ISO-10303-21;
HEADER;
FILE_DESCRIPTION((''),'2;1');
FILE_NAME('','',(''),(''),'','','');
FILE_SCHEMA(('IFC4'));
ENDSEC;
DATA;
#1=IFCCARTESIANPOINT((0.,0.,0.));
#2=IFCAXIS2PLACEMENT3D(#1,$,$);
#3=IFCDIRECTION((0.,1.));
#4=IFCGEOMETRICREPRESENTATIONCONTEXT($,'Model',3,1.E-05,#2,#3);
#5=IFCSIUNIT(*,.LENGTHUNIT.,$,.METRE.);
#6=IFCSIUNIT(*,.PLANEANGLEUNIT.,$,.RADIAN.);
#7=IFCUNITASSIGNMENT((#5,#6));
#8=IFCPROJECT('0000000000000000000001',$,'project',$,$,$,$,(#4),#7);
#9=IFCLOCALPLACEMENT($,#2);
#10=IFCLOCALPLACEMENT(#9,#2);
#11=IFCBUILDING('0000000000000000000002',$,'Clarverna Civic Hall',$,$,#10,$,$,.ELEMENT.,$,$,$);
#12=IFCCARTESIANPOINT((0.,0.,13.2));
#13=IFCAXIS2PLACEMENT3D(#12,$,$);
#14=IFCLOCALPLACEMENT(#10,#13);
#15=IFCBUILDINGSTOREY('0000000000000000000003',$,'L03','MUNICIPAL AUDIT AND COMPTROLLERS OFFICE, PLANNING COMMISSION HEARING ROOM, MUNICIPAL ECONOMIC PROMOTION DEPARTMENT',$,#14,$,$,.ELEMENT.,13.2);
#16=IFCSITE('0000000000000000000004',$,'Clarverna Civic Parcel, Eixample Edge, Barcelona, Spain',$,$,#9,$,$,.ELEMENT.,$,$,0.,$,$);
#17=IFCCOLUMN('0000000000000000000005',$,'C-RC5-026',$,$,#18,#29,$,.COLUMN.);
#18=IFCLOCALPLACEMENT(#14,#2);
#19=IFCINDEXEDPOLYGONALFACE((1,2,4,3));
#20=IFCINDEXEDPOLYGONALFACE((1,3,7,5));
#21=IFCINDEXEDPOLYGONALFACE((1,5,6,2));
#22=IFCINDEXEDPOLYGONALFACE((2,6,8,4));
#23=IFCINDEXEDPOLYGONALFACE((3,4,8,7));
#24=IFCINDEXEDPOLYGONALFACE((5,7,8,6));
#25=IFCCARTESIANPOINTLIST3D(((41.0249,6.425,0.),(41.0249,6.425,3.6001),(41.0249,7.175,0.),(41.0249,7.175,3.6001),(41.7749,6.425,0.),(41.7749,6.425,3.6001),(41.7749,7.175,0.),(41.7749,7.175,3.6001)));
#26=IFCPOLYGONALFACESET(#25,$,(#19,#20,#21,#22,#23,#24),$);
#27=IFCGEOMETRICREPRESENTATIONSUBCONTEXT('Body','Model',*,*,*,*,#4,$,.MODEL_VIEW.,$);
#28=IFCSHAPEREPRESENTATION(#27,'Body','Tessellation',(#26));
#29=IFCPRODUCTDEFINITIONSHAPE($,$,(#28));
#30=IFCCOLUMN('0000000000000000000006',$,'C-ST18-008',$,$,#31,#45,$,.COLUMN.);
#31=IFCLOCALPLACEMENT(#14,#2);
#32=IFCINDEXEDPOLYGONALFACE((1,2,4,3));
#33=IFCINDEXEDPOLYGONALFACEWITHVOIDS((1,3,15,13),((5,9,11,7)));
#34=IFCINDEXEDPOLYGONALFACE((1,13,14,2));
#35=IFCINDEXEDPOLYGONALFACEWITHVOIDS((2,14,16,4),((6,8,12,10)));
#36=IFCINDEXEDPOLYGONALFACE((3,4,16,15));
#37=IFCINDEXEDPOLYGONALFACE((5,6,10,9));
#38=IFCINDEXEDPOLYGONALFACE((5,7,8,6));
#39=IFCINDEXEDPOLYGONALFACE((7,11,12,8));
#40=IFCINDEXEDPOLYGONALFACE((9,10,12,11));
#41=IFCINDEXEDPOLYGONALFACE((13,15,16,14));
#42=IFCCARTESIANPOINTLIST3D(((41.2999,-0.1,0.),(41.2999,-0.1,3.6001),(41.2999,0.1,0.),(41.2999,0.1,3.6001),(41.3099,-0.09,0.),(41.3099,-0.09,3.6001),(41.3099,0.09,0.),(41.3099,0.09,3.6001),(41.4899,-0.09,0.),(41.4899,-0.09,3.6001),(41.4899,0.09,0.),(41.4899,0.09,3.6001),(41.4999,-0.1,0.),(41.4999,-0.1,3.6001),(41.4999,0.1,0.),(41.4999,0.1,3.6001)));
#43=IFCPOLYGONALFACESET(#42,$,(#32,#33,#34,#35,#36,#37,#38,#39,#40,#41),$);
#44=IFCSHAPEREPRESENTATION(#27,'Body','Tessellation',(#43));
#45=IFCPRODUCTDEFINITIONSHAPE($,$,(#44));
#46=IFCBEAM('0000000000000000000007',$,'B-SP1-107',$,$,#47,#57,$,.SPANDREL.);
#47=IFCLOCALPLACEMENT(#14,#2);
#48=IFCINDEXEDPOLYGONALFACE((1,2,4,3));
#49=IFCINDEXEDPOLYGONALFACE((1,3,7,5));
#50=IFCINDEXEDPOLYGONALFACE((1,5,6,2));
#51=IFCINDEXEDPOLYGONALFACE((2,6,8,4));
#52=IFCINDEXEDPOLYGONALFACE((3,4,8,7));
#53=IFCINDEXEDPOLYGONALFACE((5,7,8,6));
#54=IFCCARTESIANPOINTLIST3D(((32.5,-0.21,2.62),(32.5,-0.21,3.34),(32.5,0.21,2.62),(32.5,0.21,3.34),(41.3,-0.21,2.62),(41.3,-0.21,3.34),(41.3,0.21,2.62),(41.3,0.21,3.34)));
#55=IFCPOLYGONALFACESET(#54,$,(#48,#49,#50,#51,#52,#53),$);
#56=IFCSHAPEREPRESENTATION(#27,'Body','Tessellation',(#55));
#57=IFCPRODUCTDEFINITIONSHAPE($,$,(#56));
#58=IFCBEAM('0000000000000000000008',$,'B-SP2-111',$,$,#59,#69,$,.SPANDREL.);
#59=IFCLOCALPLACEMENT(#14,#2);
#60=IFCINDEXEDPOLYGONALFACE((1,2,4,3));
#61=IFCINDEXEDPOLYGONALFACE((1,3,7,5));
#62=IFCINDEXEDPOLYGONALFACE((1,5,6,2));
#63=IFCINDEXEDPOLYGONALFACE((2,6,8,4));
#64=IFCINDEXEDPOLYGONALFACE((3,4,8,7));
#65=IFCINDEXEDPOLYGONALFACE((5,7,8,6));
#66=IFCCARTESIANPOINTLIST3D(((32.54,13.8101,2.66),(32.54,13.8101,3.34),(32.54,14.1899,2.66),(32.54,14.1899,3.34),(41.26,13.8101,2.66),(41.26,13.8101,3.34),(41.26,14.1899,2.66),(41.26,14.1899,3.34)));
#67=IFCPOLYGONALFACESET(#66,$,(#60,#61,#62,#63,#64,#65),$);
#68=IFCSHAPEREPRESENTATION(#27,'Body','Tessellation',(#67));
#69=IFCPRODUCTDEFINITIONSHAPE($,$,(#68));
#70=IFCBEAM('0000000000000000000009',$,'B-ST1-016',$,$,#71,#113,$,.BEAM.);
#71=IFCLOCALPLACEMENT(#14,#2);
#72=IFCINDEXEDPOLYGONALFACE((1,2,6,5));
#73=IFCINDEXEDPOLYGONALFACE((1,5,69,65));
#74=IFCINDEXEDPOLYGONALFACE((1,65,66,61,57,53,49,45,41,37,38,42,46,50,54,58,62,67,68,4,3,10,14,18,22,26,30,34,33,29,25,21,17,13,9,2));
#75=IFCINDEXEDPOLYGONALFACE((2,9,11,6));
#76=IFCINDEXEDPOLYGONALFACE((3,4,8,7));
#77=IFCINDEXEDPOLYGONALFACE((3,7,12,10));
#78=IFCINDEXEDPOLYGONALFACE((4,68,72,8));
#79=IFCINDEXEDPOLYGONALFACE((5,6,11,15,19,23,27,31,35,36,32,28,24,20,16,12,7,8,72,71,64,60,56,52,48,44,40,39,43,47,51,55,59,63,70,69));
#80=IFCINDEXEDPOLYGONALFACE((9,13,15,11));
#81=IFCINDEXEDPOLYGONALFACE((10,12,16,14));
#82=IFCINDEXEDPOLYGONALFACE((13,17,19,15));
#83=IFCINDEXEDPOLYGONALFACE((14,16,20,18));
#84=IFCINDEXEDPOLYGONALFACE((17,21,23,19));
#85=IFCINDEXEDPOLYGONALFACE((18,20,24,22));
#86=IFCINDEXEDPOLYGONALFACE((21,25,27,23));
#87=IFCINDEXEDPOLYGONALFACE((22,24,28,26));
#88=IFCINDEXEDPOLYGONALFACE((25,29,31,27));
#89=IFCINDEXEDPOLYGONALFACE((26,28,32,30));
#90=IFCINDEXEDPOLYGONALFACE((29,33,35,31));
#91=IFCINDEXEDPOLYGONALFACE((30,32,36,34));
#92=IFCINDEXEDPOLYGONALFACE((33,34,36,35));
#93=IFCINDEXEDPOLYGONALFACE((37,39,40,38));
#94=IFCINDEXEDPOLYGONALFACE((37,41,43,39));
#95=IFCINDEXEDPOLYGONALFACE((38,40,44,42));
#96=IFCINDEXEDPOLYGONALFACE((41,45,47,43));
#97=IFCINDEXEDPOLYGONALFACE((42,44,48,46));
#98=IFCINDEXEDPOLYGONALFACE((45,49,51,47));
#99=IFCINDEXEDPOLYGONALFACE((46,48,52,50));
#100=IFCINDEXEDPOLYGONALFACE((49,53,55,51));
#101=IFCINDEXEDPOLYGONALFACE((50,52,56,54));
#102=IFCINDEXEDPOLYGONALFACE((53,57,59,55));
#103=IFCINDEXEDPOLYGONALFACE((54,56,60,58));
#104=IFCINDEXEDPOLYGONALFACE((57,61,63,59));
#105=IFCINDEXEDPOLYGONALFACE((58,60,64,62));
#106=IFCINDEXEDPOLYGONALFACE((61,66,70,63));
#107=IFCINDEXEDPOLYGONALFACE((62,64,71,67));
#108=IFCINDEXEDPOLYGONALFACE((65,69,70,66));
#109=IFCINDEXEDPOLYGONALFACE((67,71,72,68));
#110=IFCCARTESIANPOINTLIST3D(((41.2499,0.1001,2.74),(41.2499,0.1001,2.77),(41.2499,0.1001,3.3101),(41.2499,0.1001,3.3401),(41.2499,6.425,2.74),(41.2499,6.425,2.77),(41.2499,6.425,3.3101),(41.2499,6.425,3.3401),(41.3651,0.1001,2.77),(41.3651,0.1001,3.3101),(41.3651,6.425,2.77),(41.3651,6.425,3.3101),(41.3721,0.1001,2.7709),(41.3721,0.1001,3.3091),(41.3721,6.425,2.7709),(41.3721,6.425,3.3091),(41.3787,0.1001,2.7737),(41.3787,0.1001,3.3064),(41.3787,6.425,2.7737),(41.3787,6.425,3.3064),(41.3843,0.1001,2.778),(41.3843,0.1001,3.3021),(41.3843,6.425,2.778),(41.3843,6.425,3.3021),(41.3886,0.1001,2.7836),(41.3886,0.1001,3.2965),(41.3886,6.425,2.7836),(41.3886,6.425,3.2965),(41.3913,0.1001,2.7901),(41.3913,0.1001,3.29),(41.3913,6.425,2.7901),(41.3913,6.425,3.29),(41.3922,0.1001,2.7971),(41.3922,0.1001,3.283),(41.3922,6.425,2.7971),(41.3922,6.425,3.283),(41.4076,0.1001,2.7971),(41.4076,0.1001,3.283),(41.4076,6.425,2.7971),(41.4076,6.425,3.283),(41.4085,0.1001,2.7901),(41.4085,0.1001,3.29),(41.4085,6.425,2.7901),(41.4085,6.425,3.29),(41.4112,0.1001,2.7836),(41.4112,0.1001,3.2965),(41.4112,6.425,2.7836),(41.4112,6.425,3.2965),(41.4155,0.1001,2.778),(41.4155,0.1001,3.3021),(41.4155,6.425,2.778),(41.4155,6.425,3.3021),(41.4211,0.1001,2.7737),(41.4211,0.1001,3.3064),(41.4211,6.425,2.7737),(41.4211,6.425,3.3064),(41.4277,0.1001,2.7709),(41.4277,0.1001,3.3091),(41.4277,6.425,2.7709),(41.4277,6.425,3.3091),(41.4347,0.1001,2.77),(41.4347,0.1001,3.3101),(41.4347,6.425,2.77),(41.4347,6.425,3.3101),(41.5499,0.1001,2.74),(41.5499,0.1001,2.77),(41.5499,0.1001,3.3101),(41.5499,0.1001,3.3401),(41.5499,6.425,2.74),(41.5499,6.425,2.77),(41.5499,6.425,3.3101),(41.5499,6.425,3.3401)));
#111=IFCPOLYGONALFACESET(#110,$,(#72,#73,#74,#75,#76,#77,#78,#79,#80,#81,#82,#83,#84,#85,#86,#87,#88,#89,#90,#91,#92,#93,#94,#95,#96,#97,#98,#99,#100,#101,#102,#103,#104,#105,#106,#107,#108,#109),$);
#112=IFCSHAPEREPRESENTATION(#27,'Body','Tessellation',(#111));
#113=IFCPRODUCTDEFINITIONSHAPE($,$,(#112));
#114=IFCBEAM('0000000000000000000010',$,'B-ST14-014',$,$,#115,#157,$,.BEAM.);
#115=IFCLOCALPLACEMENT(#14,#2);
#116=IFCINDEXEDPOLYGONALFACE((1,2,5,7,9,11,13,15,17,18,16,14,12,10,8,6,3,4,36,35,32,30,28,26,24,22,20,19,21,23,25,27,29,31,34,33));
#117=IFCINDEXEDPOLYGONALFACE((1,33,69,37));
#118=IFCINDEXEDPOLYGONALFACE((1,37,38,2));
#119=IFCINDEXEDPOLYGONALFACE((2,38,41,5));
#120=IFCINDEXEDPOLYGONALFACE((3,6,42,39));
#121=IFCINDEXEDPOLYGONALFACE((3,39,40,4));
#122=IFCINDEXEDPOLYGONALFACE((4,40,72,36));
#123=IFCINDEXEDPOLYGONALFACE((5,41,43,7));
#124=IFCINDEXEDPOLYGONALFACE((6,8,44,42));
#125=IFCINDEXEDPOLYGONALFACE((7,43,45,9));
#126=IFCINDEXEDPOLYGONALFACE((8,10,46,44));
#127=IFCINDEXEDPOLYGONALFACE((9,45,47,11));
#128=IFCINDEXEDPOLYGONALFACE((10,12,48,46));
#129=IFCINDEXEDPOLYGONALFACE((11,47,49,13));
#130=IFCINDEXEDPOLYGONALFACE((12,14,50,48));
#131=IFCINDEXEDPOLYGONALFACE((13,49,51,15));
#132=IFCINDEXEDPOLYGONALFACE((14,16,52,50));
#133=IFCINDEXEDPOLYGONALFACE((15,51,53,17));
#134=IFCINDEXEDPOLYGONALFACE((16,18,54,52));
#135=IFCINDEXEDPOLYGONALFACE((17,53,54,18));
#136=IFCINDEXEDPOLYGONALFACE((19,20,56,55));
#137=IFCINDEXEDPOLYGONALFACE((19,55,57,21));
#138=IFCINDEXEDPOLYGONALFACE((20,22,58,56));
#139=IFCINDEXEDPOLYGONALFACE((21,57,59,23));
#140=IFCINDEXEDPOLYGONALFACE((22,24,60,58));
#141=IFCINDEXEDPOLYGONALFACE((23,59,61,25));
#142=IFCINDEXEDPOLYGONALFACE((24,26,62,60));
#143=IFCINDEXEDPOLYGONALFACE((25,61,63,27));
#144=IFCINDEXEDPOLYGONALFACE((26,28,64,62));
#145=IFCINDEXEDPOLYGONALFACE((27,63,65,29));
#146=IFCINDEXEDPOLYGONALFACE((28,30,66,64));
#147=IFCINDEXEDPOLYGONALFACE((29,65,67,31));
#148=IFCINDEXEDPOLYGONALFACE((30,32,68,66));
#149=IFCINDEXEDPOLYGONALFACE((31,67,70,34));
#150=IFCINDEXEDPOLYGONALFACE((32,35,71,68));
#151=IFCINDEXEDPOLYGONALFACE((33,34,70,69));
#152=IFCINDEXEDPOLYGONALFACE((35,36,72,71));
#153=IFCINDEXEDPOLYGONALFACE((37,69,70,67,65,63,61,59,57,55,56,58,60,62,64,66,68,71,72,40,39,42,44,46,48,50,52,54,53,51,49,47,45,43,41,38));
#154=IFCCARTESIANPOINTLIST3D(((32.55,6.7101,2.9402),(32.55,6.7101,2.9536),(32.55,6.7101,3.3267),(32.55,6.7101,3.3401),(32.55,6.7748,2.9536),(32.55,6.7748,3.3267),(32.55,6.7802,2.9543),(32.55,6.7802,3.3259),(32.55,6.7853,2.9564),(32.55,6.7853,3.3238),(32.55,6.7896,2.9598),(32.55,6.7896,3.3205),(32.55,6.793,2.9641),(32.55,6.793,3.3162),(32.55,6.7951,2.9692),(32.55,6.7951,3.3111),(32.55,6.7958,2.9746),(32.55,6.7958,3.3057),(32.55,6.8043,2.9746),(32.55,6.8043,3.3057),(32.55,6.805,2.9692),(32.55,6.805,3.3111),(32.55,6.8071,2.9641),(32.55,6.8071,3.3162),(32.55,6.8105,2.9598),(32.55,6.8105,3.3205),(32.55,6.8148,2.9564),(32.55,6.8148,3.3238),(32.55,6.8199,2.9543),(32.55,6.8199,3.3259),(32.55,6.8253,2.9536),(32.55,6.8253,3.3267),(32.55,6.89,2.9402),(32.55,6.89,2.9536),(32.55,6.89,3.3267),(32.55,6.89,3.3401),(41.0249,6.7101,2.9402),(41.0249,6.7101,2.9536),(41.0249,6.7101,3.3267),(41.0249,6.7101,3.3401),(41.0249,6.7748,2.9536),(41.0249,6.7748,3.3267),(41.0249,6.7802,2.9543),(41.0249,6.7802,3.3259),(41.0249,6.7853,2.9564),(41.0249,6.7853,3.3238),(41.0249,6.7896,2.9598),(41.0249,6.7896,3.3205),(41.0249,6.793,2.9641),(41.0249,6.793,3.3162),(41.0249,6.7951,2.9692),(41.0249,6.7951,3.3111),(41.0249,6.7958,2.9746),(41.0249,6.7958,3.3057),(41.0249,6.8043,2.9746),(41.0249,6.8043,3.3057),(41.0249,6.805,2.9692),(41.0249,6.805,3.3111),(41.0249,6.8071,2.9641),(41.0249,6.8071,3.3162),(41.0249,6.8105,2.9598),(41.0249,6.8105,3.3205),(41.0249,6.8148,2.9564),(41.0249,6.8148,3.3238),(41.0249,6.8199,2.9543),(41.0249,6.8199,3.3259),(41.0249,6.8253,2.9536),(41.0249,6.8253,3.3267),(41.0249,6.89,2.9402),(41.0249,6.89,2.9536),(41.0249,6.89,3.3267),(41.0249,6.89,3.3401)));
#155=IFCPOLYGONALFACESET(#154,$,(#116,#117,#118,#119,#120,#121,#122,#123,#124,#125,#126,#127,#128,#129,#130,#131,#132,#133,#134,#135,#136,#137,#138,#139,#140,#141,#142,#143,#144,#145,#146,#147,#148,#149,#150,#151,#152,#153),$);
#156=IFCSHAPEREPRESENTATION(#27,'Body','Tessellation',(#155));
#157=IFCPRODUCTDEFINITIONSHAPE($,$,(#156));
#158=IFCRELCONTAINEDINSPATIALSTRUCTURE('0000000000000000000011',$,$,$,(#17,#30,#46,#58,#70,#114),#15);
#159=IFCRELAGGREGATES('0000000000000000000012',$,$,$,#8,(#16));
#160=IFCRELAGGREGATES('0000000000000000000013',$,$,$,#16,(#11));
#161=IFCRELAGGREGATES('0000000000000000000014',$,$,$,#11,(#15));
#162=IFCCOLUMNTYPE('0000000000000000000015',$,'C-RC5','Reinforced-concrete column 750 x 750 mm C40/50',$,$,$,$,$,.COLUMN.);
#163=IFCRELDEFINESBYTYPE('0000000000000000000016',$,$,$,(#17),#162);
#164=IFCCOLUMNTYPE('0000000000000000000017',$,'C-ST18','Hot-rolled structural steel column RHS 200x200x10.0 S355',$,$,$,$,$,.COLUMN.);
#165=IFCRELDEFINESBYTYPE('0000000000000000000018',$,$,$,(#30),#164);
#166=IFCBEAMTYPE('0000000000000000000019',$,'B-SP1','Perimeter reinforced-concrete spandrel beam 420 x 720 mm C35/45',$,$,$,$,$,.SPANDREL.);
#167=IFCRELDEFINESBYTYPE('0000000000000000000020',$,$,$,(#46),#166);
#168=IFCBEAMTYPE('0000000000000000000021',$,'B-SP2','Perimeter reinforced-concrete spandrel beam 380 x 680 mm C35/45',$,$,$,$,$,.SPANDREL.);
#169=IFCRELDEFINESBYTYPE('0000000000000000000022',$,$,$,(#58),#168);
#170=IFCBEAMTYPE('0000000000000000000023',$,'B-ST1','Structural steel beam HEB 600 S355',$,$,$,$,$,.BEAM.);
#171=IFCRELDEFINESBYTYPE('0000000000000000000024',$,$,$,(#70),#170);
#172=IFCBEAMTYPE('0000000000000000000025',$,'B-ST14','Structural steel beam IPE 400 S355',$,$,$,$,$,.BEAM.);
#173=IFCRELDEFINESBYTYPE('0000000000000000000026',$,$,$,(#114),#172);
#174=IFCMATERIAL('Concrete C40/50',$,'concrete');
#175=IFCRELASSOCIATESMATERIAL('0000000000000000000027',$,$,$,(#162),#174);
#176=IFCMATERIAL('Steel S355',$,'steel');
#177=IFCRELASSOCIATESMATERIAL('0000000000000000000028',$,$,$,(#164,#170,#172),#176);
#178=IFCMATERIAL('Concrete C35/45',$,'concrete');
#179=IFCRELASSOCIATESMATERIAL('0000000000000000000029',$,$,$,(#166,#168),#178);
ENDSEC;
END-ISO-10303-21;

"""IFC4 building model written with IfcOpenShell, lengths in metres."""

from ifc_helpers import new_model, si_unit, direction, frame, origin, origin_2d, place, context, subcontext, project, spatial, rectangle, hollow_rectangle, i_section, extrude, material, material_profile, profile_set, type_object, element, save


model = new_model("IFC4")

# Units and contexts
model_context = context("Model", 3, precision=1e-05, world=origin(), true_north=direction((0.0, 1.0)))
body_context = subcontext(model_context, "Body", "Model", "MODEL_VIEW")
ifc_project = project(units=[si_unit("LENGTHUNIT", "METRE"), si_unit("PLANEANGLEUNIT", "RADIAN")], contexts=[model_context])

# Site, building, storey
site_placement = place(None, origin())
site = spatial("IfcSite", under=ifc_project, at=site_placement, Name="Clarverna Civic Parcel, Eixample Edge, Barcelona, Spain", CompositionType="ELEMENT", RefElevation=0.0)
building_placement = place(site_placement, origin())
building = spatial("IfcBuilding", under=site, at=building_placement, Name="Clarverna Civic Hall", CompositionType="ELEMENT")
storey_placement = place(building_placement, frame((0.0, 0.0, 13.2)))
storey = spatial("IfcBuildingStorey", under=building, at=storey_placement, Name="L03", Description="MUNICIPAL AUDIT AND COMPTROLLERS OFFICE, PLANNING COMMISSION HEARING ROOM, MUNICIPAL ECONOMIC PROMOTION DEPARTMENT", CompositionType="ELEMENT", Elevation=13.2)

# Columns
ifc_material_1 = material(Name="Concrete C40/50", Category="concrete")
ifc_material_profile_1 = material_profile(ifc_material_1, rectangle(XDim=0.75, YDim=0.75, at=origin_2d()), Name="RC 750x750")
ifc_profile_set_1 = profile_set([ifc_material_profile_1], Name="Concrete C40/50")
column_type_1 = type_object("IfcColumnType", Name="C-RC5", Description="Reinforced-concrete column 750 x 750 mm C40/50", PredefinedType="COLUMN", material=ifc_profile_set_1)
column_1_placement = place(storey_placement, frame((41.3999, 6.8, 0.0), z_axis=(0.0, 0.0, 1.0), x_axis=(1.0, 0.0, 0.0)))
element("IfcColumn", 1, at=column_1_placement, inside=storey, type_object=column_type_1, Name="C-RC5-026", PredefinedType="COLUMN", context=body_context, shape_type="SweptSolid", body=[
    extrude(rectangle(XDim=0.75, YDim=0.75, at=origin_2d()), origin(), (0.0, 0.0, 1.0), 3.6001),
])
ifc_material_2 = material(Name="Steel S355", Category="steel")
ifc_material_profile_2 = material_profile(ifc_material_2, hollow_rectangle(XDim=0.2, YDim=0.2, WallThickness=0.01, at=origin_2d()), Name="RHS 200x200x10.0")
ifc_profile_set_2 = profile_set([ifc_material_profile_2], Name="Steel S355")
column_type_2 = type_object("IfcColumnType", Name="C-ST18", Description="Hot-rolled structural steel column RHS 200x200x10.0 S355", PredefinedType="COLUMN", material=ifc_profile_set_2)
column_2_placement = place(storey_placement, frame((41.3999, 0.0, 0.0), z_axis=(0.0, 0.0, 1.0), x_axis=(1.0, 0.0, 0.0)))
element("IfcColumn", 2, at=column_2_placement, inside=storey, type_object=column_type_2, Name="C-ST18-008", PredefinedType="COLUMN", context=body_context, shape_type="SweptSolid", body=[
    extrude(hollow_rectangle(XDim=0.2, YDim=0.2, WallThickness=0.01, at=origin_2d()), origin(), (0.0, 0.0, 1.0), 3.6001),
])

# Beams
ifc_material_3 = material(Name="Concrete C35/45", Category="concrete")
ifc_material_profile_3 = material_profile(ifc_material_3, rectangle(XDim=0.4199, YDim=0.72, at=origin_2d()), Name="RC 420x720")
ifc_profile_set_3 = profile_set([ifc_material_profile_3], Name="Concrete C35/45")
beam_type_1 = type_object("IfcBeamType", Name="B-SP1", Description="Perimeter reinforced-concrete spandrel beam 420 x 720 mm C35/45", PredefinedType="SPANDREL", material=ifc_profile_set_3)
beam_1_placement = place(storey_placement, frame((32.5, 0.0, 2.98), z_axis=(1.0, 0.0, 0.0), x_axis=(0.0, 1.0, 0.0)))
element("IfcBeam", 3, at=beam_1_placement, inside=storey, type_object=beam_type_1, Name="B-SP1-107", PredefinedType="SPANDREL", context=body_context, shape_type="SweptSolid", body=[
    extrude(rectangle(XDim=0.4199, YDim=0.72, at=origin_2d()), origin(), (0.0, 0.0, 1.0), 8.8),
])
ifc_material_profile_4 = material_profile(ifc_material_3, rectangle(XDim=0.3799, YDim=0.6799, at=origin_2d()), Name="RC 380x680")
ifc_profile_set_4 = profile_set([ifc_material_profile_4], Name="Concrete C35/45")
beam_type_2 = type_object("IfcBeamType", Name="B-SP2", Description="Perimeter reinforced-concrete spandrel beam 380 x 680 mm C35/45", PredefinedType="SPANDREL", material=ifc_profile_set_4)
beam_2_placement = place(storey_placement, frame((32.54, 14.0, 3.0), z_axis=(1.0, 0.0, 0.0), x_axis=(0.0, 1.0, 0.0)))
element("IfcBeam", 4, at=beam_2_placement, inside=storey, type_object=beam_type_2, Name="B-SP2-111", PredefinedType="SPANDREL", context=body_context, shape_type="SweptSolid", body=[
    extrude(rectangle(XDim=0.3799, YDim=0.6799, at=origin_2d()), origin(), (0.0, 0.0, 1.0), 8.72),
])
ifc_material_profile_5 = material_profile(ifc_material_2, i_section(OverallWidth=0.3, OverallDepth=0.6001, WebThickness=0.0154, FlangeThickness=0.03, FilletRadius=0.0271, at=origin_2d()), Name="HEB 600")
ifc_profile_set_5 = profile_set([ifc_material_profile_5], Name="Steel S355")
beam_type_3 = type_object("IfcBeamType", Name="B-ST1", Description="Structural steel beam HEB 600 S355", PredefinedType="BEAM", material=ifc_profile_set_5)
beam_3_placement = place(storey_placement, frame((41.3999, 0.1001, 3.04), z_axis=(0.0, 1.0, 0.0), x_axis=(-1.0, 0.0, 0.0)))
element("IfcBeam", 5, at=beam_3_placement, inside=storey, type_object=beam_type_3, Name="B-ST1-016", PredefinedType="BEAM", context=body_context, shape_type="SweptSolid", body=[
    extrude(i_section(OverallWidth=0.3, OverallDepth=0.6001, WebThickness=0.0154, FlangeThickness=0.03, FilletRadius=0.0271, at=origin_2d()), origin(), (0.0, 0.0, 1.0), 6.325),
])
ifc_material_profile_6 = material_profile(ifc_material_2, i_section(OverallWidth=0.1799, OverallDepth=0.3999, WebThickness=0.0085, FlangeThickness=0.0134, FilletRadius=0.021, at=origin_2d()), Name="IPE 400")
ifc_profile_set_6 = profile_set([ifc_material_profile_6], Name="Steel S355")
beam_type_4 = type_object("IfcBeamType", Name="B-ST14", Description="Structural steel beam IPE 400 S355", PredefinedType="BEAM", material=ifc_profile_set_6)
beam_4_placement = place(storey_placement, frame((32.55, 6.8, 3.1401), z_axis=(1.0, 0.0, 0.0), x_axis=(0.0, 1.0, 0.0)))
element("IfcBeam", 6, at=beam_4_placement, inside=storey, type_object=beam_type_4, Name="B-ST14-014", PredefinedType="BEAM", context=body_context, shape_type="SweptSolid", body=[
    extrude(i_section(OverallWidth=0.1799, OverallDepth=0.3999, WebThickness=0.0085, FlangeThickness=0.0134, FilletRadius=0.021, at=origin_2d()), origin(), (0.0, 0.0, 1.0), 8.4749),
])

save(model, "model.ifc")
